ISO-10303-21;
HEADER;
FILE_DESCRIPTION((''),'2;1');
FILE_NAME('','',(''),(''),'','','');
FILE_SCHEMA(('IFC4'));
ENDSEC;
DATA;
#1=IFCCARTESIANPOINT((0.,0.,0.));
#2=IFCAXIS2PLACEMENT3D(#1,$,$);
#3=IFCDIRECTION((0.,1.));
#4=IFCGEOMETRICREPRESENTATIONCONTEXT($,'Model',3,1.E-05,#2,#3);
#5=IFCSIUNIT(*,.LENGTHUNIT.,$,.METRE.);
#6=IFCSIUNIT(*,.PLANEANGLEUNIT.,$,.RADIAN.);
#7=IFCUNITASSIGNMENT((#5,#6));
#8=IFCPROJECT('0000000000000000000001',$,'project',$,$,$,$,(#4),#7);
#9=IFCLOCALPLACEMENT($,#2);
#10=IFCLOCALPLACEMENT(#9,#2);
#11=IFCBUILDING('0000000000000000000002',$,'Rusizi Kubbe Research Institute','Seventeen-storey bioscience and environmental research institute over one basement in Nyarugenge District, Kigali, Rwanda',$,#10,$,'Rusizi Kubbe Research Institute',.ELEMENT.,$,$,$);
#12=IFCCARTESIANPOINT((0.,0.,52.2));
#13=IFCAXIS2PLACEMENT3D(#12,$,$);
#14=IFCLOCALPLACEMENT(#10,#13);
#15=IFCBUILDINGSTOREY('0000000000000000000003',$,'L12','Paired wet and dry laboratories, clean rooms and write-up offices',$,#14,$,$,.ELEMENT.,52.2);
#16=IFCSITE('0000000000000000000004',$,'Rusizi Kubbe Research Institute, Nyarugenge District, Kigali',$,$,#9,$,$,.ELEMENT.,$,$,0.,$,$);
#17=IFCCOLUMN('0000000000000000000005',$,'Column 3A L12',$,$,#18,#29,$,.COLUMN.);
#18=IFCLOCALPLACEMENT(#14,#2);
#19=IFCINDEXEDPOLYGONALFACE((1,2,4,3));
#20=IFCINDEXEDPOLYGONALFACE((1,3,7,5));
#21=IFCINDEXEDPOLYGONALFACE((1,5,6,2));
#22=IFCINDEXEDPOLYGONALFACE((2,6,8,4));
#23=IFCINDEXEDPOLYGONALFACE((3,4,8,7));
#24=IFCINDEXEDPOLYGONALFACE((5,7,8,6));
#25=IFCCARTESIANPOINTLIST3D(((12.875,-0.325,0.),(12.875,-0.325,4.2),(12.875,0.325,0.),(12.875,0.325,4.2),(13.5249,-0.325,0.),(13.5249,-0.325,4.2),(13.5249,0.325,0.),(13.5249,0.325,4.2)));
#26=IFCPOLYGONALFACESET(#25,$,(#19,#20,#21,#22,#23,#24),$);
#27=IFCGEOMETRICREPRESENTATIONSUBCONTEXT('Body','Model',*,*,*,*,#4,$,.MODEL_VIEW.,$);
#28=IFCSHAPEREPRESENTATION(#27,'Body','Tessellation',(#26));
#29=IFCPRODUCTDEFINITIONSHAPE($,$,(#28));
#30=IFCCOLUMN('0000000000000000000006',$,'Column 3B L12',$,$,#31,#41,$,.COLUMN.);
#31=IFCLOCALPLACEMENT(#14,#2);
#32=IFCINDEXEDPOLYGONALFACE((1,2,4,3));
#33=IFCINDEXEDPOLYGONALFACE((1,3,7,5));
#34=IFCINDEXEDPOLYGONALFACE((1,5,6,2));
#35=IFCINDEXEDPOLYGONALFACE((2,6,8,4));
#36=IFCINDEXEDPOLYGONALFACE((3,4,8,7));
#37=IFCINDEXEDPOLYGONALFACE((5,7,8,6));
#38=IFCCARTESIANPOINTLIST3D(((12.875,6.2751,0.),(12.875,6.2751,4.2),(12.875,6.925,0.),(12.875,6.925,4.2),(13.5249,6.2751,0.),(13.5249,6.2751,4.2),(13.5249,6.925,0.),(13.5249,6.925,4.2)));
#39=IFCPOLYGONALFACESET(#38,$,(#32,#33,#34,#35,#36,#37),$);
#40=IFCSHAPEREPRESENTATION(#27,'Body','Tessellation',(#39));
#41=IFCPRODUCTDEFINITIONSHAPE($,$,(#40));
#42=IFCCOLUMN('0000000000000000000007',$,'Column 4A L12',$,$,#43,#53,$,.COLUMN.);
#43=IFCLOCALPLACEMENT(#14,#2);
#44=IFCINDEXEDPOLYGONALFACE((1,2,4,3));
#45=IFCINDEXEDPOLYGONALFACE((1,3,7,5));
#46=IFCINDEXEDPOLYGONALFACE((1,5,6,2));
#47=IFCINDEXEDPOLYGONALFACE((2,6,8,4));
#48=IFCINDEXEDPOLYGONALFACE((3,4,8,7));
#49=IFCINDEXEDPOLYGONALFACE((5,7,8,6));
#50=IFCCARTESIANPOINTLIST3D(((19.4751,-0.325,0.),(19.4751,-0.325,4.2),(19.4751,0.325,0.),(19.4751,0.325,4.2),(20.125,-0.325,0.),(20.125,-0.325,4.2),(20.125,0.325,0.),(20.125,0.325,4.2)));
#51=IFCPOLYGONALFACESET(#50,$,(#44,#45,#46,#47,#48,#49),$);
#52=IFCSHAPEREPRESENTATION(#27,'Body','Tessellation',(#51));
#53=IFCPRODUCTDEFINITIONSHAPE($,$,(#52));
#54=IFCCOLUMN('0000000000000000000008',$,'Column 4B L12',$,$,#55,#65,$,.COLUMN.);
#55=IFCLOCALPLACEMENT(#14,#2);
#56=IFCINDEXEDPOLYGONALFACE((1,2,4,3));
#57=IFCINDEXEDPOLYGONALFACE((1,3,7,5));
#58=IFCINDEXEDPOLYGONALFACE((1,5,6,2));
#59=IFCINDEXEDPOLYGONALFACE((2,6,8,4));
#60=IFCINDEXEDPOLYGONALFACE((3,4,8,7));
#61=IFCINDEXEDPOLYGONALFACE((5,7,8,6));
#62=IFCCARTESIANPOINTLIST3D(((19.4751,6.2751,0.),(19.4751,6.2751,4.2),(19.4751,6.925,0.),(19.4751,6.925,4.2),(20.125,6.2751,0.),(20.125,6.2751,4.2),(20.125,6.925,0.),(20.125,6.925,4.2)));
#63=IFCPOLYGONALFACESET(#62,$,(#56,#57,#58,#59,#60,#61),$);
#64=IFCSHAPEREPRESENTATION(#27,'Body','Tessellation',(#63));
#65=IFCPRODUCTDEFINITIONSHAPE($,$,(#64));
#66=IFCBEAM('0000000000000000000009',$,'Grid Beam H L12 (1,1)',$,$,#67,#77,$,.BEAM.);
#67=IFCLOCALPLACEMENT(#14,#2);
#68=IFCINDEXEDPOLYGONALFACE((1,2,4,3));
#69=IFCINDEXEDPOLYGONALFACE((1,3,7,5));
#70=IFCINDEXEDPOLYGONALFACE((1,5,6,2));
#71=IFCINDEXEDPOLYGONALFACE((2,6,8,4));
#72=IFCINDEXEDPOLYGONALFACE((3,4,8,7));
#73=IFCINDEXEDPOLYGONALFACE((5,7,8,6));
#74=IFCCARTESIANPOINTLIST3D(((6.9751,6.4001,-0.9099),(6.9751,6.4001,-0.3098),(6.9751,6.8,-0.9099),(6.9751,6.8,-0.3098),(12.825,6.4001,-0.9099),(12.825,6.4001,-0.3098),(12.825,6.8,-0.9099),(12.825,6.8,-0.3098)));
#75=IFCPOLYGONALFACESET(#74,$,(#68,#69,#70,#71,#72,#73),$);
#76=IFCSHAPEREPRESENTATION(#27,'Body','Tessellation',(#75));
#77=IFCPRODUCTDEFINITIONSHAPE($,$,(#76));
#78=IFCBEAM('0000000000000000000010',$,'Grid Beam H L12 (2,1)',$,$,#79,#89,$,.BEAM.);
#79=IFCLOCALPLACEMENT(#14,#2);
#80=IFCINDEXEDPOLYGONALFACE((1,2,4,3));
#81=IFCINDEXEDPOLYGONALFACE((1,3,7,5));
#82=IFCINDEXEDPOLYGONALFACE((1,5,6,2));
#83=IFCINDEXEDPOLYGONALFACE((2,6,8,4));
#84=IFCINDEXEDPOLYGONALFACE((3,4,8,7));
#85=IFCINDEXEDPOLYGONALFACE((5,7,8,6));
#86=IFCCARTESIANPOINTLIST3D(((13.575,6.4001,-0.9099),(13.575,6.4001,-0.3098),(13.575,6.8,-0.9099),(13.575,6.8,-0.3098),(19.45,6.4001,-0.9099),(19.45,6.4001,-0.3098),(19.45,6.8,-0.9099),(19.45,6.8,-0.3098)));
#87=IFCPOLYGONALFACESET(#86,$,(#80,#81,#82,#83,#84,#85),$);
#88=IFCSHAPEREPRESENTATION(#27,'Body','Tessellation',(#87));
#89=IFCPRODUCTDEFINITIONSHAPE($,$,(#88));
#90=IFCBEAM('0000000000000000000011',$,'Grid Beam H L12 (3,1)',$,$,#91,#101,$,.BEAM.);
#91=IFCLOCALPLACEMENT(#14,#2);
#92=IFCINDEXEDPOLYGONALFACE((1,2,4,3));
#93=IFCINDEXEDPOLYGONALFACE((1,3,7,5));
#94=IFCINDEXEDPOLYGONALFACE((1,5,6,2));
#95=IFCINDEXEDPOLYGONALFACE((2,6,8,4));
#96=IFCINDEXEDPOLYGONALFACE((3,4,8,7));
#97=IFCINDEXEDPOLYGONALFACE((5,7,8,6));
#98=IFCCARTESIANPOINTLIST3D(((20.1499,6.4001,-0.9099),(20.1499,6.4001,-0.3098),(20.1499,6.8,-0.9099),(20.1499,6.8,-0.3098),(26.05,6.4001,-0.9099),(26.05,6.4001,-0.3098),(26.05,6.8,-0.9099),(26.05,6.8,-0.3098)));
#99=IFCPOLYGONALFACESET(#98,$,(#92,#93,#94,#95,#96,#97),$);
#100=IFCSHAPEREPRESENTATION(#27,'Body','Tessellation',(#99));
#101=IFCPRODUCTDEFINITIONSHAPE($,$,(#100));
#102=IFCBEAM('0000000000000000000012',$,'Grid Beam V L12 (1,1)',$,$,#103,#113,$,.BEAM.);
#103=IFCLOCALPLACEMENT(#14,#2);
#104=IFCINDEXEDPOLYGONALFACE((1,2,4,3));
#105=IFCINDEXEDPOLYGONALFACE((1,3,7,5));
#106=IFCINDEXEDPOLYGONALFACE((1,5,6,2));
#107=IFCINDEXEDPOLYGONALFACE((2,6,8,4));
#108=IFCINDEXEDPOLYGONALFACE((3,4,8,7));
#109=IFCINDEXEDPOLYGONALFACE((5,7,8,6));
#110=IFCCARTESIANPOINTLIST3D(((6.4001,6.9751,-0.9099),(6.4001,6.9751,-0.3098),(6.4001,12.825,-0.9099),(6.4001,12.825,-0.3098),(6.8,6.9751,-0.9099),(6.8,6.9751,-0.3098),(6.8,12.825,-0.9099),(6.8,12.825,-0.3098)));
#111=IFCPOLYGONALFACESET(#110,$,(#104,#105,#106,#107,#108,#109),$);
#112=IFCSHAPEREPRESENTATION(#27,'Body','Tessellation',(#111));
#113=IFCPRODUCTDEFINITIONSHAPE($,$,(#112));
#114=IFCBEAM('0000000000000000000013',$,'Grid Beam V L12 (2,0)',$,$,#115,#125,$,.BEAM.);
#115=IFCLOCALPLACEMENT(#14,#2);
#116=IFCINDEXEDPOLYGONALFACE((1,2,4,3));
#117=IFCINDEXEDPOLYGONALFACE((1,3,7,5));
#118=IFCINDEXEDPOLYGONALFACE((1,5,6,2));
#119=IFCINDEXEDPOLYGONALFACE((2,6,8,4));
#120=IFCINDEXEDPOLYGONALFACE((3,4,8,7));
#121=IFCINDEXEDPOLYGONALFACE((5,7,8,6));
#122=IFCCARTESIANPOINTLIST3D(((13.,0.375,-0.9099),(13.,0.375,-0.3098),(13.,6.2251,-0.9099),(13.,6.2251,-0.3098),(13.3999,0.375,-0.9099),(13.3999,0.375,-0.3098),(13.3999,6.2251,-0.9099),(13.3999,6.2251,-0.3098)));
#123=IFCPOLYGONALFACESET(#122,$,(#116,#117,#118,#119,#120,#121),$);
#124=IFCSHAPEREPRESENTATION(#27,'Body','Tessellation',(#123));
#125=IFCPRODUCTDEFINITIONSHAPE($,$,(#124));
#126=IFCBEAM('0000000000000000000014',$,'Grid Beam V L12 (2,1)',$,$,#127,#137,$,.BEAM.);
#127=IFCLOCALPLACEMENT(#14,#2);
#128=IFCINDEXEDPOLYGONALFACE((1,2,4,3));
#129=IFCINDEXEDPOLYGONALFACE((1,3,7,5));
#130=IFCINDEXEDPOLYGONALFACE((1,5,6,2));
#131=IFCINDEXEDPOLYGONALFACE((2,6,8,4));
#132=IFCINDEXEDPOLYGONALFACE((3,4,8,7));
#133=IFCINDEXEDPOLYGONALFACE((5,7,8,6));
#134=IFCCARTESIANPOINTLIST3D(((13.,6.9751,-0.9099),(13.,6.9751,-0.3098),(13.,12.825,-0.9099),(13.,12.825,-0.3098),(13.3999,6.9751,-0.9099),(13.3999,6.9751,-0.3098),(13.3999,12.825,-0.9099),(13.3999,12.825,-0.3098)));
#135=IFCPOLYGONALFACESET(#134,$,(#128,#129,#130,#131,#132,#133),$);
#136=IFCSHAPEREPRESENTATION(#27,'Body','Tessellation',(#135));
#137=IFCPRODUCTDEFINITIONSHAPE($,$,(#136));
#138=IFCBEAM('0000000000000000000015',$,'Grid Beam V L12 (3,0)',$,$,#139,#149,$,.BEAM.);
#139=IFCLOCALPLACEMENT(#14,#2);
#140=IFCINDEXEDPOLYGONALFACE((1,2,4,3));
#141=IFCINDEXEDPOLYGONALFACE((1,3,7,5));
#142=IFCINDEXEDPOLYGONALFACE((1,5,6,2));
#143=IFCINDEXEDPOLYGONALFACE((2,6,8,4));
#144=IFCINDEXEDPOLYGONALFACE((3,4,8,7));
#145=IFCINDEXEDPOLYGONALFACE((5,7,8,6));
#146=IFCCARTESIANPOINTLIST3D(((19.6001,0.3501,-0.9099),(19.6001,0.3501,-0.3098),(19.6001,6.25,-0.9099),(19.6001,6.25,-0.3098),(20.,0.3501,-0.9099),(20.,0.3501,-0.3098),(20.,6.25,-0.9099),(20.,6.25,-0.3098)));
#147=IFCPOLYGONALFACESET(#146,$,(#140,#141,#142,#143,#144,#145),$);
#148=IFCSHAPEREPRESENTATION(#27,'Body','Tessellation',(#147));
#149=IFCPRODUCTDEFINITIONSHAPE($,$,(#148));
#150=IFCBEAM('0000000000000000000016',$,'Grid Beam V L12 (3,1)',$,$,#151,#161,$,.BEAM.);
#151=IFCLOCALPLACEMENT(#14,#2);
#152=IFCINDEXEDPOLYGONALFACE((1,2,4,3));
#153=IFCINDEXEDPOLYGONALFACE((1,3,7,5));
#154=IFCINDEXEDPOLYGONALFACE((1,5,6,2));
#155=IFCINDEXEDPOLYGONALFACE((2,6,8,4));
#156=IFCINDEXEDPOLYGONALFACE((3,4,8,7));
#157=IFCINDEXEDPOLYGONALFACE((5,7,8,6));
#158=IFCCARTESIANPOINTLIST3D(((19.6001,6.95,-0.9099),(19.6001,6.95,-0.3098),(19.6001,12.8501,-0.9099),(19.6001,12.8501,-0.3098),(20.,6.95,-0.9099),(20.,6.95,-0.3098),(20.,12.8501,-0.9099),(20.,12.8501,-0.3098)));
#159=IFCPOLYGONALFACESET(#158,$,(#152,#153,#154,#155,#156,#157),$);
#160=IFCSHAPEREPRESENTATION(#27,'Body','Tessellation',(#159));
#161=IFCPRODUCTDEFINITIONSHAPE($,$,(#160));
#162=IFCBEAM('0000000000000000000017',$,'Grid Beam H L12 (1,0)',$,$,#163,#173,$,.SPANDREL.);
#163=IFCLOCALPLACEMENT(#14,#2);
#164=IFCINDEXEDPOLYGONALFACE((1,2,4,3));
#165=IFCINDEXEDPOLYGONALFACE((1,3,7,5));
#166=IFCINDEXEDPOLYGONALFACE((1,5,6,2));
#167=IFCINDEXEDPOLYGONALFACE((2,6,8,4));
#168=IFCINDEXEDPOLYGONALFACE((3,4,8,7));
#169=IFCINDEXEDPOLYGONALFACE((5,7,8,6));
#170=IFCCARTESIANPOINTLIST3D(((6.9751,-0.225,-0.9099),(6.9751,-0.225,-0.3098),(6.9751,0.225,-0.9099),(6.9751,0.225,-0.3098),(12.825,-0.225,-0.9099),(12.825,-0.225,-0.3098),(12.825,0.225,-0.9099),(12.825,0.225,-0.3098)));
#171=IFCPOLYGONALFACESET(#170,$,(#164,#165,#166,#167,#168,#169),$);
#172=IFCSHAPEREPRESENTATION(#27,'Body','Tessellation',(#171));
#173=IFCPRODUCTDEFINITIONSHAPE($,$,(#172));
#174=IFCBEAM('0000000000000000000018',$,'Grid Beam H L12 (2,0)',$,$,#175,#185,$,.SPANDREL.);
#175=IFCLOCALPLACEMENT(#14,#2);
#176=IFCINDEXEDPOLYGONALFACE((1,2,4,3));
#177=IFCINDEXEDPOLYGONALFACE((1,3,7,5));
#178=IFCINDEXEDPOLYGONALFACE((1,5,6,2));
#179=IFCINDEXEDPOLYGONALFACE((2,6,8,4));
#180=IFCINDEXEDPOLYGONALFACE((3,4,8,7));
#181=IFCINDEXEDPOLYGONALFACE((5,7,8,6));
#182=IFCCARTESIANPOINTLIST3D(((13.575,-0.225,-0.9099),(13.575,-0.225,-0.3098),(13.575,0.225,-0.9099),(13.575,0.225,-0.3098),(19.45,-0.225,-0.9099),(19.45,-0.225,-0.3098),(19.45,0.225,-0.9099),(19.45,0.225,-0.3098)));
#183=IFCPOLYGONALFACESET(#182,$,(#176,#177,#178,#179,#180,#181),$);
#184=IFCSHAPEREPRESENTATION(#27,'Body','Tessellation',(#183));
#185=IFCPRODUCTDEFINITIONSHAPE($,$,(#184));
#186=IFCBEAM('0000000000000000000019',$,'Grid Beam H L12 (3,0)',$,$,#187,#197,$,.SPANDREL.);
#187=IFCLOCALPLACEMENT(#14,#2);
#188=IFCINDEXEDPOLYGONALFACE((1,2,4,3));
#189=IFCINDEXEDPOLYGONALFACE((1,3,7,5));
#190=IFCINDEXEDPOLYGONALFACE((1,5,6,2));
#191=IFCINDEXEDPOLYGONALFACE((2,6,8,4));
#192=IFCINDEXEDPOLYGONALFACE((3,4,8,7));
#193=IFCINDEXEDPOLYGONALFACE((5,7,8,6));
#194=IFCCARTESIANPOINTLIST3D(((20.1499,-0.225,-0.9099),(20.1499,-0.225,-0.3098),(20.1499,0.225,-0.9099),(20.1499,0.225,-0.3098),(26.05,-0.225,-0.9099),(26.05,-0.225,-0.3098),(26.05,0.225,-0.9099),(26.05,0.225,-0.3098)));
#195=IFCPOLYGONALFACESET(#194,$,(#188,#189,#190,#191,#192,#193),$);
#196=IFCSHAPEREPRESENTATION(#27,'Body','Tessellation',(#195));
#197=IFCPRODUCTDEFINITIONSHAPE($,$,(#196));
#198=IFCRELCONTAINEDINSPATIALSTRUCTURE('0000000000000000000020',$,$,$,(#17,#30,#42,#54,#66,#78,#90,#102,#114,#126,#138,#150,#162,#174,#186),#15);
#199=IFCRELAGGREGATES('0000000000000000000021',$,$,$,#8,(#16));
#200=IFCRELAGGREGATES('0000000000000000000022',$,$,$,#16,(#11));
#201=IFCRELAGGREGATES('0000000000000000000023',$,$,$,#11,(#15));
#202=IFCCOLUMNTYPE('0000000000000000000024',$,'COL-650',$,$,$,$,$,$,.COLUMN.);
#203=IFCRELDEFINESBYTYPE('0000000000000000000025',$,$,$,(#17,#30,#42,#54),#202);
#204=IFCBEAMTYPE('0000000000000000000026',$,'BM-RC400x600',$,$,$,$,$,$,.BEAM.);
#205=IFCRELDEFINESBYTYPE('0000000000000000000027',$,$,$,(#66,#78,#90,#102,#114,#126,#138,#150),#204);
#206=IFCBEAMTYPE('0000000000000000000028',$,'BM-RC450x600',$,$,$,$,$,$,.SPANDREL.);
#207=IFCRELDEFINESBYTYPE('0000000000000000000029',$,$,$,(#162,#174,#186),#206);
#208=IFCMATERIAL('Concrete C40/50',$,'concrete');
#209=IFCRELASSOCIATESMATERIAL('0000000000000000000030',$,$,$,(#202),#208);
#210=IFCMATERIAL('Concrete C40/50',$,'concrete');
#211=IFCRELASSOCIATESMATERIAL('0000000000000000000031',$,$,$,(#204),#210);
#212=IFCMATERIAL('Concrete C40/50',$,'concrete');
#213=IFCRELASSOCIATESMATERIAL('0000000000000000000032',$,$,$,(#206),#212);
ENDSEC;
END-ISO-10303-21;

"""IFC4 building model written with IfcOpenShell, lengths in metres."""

from ifc_helpers import new_model, si_unit, direction, frame, origin, origin_2d, place, context, subcontext, project, spatial, rectangle, extrude, material, material_profile, profile_set, type_object, element, save


model = new_model("IFC4")

# Units and contexts
model_context = context("Model", 3, precision=1e-05, world=origin(), true_north=direction((0.0, 1.0)))
body_context = subcontext(model_context, "Body", "Model", "MODEL_VIEW")
ifc_project = project(units=[si_unit("LENGTHUNIT", "METRE"), si_unit("PLANEANGLEUNIT", "RADIAN")], contexts=[model_context])

# Site, building, storey
site_placement = place(None, origin())
site = spatial("IfcSite", under=ifc_project, at=site_placement, Name="Rusizi Kubbe Research Institute, Nyarugenge District, Kigali", CompositionType="ELEMENT", RefElevation=0.0)
building_placement = place(site_placement, origin())
building = spatial("IfcBuilding", under=site, at=building_placement, Name="Rusizi Kubbe Research Institute", Description="Seventeen-storey bioscience and environmental research institute over one basement in Nyarugenge District, Kigali, Rwanda", LongName="Rusizi Kubbe Research Institute", CompositionType="ELEMENT")
storey_placement = place(building_placement, frame((0.0, 0.0, 52.2)))
storey = spatial("IfcBuildingStorey", under=building, at=storey_placement, Name="L12", Description="Paired wet and dry laboratories, clean rooms and write-up offices", CompositionType="ELEMENT", Elevation=52.2)

# Columns
ifc_material_1 = material(Name="Concrete C40/50", Category="concrete")
ifc_material_profile_1 = material_profile(ifc_material_1, rectangle(XDim=0.6499, YDim=0.6499, at=origin_2d()), Name="RC650x650")
ifc_profile_set_1 = profile_set([ifc_material_profile_1], Name="Concrete C40/50")
column_type = type_object("IfcColumnType", Name="COL-650", PredefinedType="COLUMN", material=ifc_profile_set_1)
for number, where, z_axis, x_axis, name in (
    (1, (13.2, 0.0, 0.0), (0.0, 0.0, 1.0), (1.0, 0.0, 0.0), "Column 3A L12"),
    (2, (13.2, 6.6001, 0.0), (0.0, 0.0, 1.0), (1.0, 0.0, 0.0), "Column 3B L12"),
    (3, (19.8, 0.0, 0.0), (0.0, 0.0, 1.0), (1.0, 0.0, 0.0), "Column 4A L12"),
    (4, (19.8, 6.6001, 0.0), (0.0, 0.0, 1.0), (1.0, 0.0, 0.0), "Column 4B L12"),
):
    element("IfcColumn", number, at=place(storey_placement, frame(where, z_axis=z_axis, x_axis=x_axis)), inside=storey, type_object=column_type, Name=name, PredefinedType="COLUMN", context=body_context, shape_type="SweptSolid", body=[
        extrude(rectangle(XDim=0.6499, YDim=0.6499, at=origin_2d()), origin(), (0.0, 0.0, 1.0), 4.2),
    ])

# Beams
ifc_material_2 = material(Name="Concrete C40/50", Category="concrete")
ifc_material_profile_2 = material_profile(ifc_material_2, rectangle(XDim=0.3999, YDim=0.6001, at=origin_2d()), Name="RC400x600")
ifc_profile_set_2 = profile_set([ifc_material_profile_2], Name="Concrete C40/50")
beam_type_1 = type_object("IfcBeamType", Name="BM-RC400x600", PredefinedType="BEAM", material=ifc_profile_set_2)
beam_1_placement = place(storey_placement, frame((6.9751, 6.6001, -0.6099), z_axis=(1.0, 0.0, 0.0), x_axis=(0.0, 1.0, 0.0)))
element("IfcBeam", 5, at=beam_1_placement, inside=storey, type_object=beam_type_1, Name="Grid Beam H L12 (1,1)", PredefinedType="BEAM", context=body_context, shape_type="SweptSolid", body=[
    extrude(rectangle(XDim=0.3999, YDim=0.6001, at=origin_2d()), origin(), (0.0, 0.0, 1.0), 5.8499),
])
beam_2_placement = place(storey_placement, frame((13.575, 6.6001, -0.6099), z_axis=(1.0, 0.0, 0.0), x_axis=(0.0, 1.0, 0.0)))
element("IfcBeam", 6, at=beam_2_placement, inside=storey, type_object=beam_type_1, Name="Grid Beam H L12 (2,1)", PredefinedType="BEAM", context=body_context, shape_type="SweptSolid", body=[
    extrude(rectangle(XDim=0.3999, YDim=0.6001, at=origin_2d()), origin(), (0.0, 0.0, 1.0), 5.875),
])
beam_3_placement = place(storey_placement, frame((20.1499, 6.6001, -0.6099), z_axis=(1.0, 0.0, 0.0), x_axis=(0.0, 1.0, 0.0)))
element("IfcBeam", 7, at=beam_3_placement, inside=storey, type_object=beam_type_1, Name="Grid Beam H L12 (3,1)", PredefinedType="BEAM", context=body_context, shape_type="SweptSolid", body=[
    extrude(rectangle(XDim=0.3999, YDim=0.6001, at=origin_2d()), origin(), (0.0, 0.0, 1.0), 5.9001),
])
beam_4_placement = place(storey_placement, frame((6.6001, 6.9751, -0.6099), z_axis=(0.0, 1.0, 0.0), x_axis=(-1.0, 0.0, 0.0)))
element("IfcBeam", 8, at=beam_4_placement, inside=storey, type_object=beam_type_1, Name="Grid Beam V L12 (1,1)", PredefinedType="BEAM", context=body_context, shape_type="SweptSolid", body=[
    extrude(rectangle(XDim=0.3999, YDim=0.6001, at=origin_2d()), origin(), (0.0, 0.0, 1.0), 5.8499),
])
beam_5_placement = place(storey_placement, frame((13.2, 0.375, -0.6099), z_axis=(0.0, 1.0, 0.0), x_axis=(-1.0, 0.0, 0.0)))
element("IfcBeam", 9, at=beam_5_placement, inside=storey, type_object=beam_type_1, Name="Grid Beam V L12 (2,0)", PredefinedType="BEAM", context=body_context, shape_type="SweptSolid", body=[
    extrude(rectangle(XDim=0.3999, YDim=0.6001, at=origin_2d()), origin(), (0.0, 0.0, 1.0), 5.8501),
])
beam_6_placement = place(storey_placement, frame((13.2, 6.9751, -0.6099), z_axis=(0.0, 1.0, 0.0), x_axis=(-1.0, 0.0, 0.0)))
element("IfcBeam", 10, at=beam_6_placement, inside=storey, type_object=beam_type_1, Name="Grid Beam V L12 (2,1)", PredefinedType="BEAM", context=body_context, shape_type="SweptSolid", body=[
    extrude(rectangle(XDim=0.3999, YDim=0.6001, at=origin_2d()), origin(), (0.0, 0.0, 1.0), 5.8499),
])
beam_7_placement = place(storey_placement, frame((19.8, 0.3501, -0.6099), z_axis=(0.0, 1.0, 0.0), x_axis=(-1.0, 0.0, 0.0)))
element("IfcBeam", 11, at=beam_7_placement, inside=storey, type_object=beam_type_1, Name="Grid Beam V L12 (3,0)", PredefinedType="BEAM", context=body_context, shape_type="SweptSolid", body=[
    extrude(rectangle(XDim=0.3999, YDim=0.6001, at=origin_2d()), origin(), (0.0, 0.0, 1.0), 5.8999),
])
beam_8_placement = place(storey_placement, frame((19.8, 6.95, -0.6099), z_axis=(0.0, 1.0, 0.0), x_axis=(-1.0, 0.0, 0.0)))
element("IfcBeam", 12, at=beam_8_placement, inside=storey, type_object=beam_type_1, Name="Grid Beam V L12 (3,1)", PredefinedType="BEAM", context=body_context, shape_type="SweptSolid", body=[
    extrude(rectangle(XDim=0.3999, YDim=0.6001, at=origin_2d()), origin(), (0.0, 0.0, 1.0), 5.9001),
])
ifc_material_3 = material(Name="Concrete C40/50", Category="concrete")
ifc_material_profile_3 = material_profile(ifc_material_3, rectangle(XDim=0.45, YDim=0.6001, at=origin_2d()), Name="RC450x600")
ifc_profile_set_3 = profile_set([ifc_material_profile_3], Name="Concrete C40/50")
beam_type_2 = type_object("IfcBeamType", Name="BM-RC450x600", PredefinedType="SPANDREL", material=ifc_profile_set_3)
beam_9_placement = place(storey_placement, frame((6.9751, 0.0, -0.6099), z_axis=(1.0, 0.0, 0.0), x_axis=(0.0, 1.0, 0.0)))
element("IfcBeam", 13, at=beam_9_placement, inside=storey, type_object=beam_type_2, Name="Grid Beam H L12 (1,0)", PredefinedType="SPANDREL", context=body_context, shape_type="SweptSolid", body=[
    extrude(rectangle(XDim=0.45, YDim=0.6001, at=origin_2d()), origin(), (0.0, 0.0, 1.0), 5.8499),
])
beam_10_placement = place(storey_placement, frame((13.575, 0.0, -0.6099), z_axis=(1.0, 0.0, 0.0), x_axis=(0.0, 1.0, 0.0)))
element("IfcBeam", 14, at=beam_10_placement, inside=storey, type_object=beam_type_2, Name="Grid Beam H L12 (2,0)", PredefinedType="SPANDREL", context=body_context, shape_type="SweptSolid", body=[
    extrude(rectangle(XDim=0.45, YDim=0.6001, at=origin_2d()), origin(), (0.0, 0.0, 1.0), 5.875),
])
beam_11_placement = place(storey_placement, frame((20.1499, 0.0, -0.6099), z_axis=(1.0, 0.0, 0.0), x_axis=(0.0, 1.0, 0.0)))
element("IfcBeam", 15, at=beam_11_placement, inside=storey, type_object=beam_type_2, Name="Grid Beam H L12 (3,0)", PredefinedType="SPANDREL", context=body_context, shape_type="SweptSolid", body=[
    extrude(rectangle(XDim=0.45, YDim=0.6001, at=origin_2d()), origin(), (0.0, 0.0, 1.0), 5.9001),
])

save(model, "model.ifc")
